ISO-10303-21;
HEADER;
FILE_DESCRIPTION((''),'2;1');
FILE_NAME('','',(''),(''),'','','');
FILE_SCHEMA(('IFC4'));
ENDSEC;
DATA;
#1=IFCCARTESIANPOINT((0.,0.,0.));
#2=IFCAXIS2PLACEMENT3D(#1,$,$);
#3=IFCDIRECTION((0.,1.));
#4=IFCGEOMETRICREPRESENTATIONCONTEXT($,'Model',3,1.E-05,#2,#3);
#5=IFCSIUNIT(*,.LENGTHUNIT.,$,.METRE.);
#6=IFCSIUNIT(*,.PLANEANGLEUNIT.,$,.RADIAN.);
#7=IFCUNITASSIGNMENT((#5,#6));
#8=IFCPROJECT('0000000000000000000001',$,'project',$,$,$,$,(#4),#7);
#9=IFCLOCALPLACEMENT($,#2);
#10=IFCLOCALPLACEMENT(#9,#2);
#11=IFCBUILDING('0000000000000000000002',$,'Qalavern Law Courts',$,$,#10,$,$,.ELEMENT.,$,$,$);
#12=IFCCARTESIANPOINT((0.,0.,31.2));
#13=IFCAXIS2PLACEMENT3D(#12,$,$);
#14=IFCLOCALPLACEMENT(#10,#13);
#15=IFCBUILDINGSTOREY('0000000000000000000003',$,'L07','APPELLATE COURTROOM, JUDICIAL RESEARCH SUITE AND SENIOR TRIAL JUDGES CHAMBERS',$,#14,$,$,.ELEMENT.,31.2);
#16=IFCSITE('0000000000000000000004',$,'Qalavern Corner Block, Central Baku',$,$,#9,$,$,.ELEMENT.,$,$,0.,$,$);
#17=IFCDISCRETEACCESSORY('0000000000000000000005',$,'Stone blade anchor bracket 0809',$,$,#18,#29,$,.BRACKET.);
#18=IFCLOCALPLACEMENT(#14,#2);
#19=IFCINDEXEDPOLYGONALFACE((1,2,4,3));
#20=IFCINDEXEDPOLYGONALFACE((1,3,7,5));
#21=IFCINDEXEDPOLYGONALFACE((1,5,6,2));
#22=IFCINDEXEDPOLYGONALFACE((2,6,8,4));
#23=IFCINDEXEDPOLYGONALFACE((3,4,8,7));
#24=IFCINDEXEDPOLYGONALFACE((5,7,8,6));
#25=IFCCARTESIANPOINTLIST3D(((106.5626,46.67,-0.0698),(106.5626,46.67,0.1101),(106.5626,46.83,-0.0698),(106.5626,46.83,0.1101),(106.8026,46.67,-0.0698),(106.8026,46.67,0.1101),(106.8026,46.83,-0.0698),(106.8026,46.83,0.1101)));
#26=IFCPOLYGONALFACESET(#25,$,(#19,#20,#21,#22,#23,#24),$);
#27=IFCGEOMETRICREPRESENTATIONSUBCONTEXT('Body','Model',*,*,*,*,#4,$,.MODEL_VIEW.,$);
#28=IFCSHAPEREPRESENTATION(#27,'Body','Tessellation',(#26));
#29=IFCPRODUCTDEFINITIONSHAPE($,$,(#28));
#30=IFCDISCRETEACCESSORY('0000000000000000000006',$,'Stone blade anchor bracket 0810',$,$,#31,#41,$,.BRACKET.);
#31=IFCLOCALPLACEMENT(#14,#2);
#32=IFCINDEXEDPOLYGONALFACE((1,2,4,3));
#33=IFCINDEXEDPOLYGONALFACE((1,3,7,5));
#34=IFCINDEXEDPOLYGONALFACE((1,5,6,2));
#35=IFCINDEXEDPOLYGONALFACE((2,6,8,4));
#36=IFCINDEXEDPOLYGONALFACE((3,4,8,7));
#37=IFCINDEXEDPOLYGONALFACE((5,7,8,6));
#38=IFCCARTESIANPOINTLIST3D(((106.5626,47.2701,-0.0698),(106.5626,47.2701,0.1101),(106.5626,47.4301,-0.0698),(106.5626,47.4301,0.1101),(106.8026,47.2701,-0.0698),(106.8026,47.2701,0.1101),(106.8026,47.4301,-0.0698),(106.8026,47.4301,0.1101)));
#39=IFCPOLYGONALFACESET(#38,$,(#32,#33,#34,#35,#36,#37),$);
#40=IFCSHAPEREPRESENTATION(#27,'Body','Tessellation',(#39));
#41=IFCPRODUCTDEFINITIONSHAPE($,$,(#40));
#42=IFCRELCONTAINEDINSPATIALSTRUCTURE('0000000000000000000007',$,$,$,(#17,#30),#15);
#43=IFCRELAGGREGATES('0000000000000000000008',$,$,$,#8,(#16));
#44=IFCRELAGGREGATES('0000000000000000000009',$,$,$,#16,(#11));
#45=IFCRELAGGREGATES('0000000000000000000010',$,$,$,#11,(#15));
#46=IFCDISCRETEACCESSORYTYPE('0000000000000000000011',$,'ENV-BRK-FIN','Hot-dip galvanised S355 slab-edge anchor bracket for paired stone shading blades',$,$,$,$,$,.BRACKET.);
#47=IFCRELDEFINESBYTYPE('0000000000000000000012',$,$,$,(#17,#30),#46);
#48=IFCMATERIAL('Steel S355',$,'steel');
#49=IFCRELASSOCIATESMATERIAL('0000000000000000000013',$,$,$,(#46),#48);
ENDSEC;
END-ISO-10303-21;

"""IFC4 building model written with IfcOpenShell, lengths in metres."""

from ifc_helpers import new_model, si_unit, direction, frame, origin, origin_2d, place, context, subcontext, project, spatial, rectangle, extrude, material, type_object, element, save


model = new_model("IFC4")

# Units and contexts
model_context = context("Model", 3, precision=1e-05, world=origin(), true_north=direction((0.0, 1.0)))
body_context = subcontext(model_context, "Body", "Model", "MODEL_VIEW")
ifc_project = project(units=[si_unit("LENGTHUNIT", "METRE"), si_unit("PLANEANGLEUNIT", "RADIAN")], contexts=[model_context])

# Site, building, storey
site_placement = place(None, origin())
site = spatial("IfcSite", under=ifc_project, at=site_placement, Name="Qalavern Corner Block, Central Baku", CompositionType="ELEMENT", RefElevation=0.0)
building_placement = place(site_placement, origin())
building = spatial("IfcBuilding", under=site, at=building_placement, Name="Qalavern Law Courts", CompositionType="ELEMENT")
storey_placement = place(building_placement, frame((0.0, 0.0, 31.2)))
storey = spatial("IfcBuildingStorey", under=building, at=storey_placement, Name="L07", Description="APPELLATE COURTROOM, JUDICIAL RESEARCH SUITE AND SENIOR TRIAL JUDGES CHAMBERS", CompositionType="ELEMENT", Elevation=31.2)

# Shared definitions
ifc_material_1 = material(Name="Steel S355", Category="steel")

# Discrete accessories
discrete_accessory_type = type_object("IfcDiscreteAccessoryType", Name="ENV-BRK-FIN", Description="Hot-dip galvanised S355 slab-edge anchor bracket for paired stone shading blades", PredefinedType="BRACKET", material=ifc_material_1)
for number, where, z_axis, x_axis, name in (
    (1, (106.6826, 46.75, -0.0698), (0.0, 0.0, 1.0), (1.0, 0.0, 0.0), "Stone blade anchor bracket 0809"),
    (2, (106.6826, 47.3501, -0.0698), (0.0, 0.0, 1.0), (1.0, 0.0, 0.0), "Stone blade anchor bracket 0810"),
):
    element("IfcDiscreteAccessory", number, at=place(storey_placement, frame(where, z_axis=z_axis, x_axis=x_axis)), inside=storey, type_object=discrete_accessory_type, Name=name, PredefinedType="BRACKET", context=body_context, shape_type="SweptSolid", body=[
        extrude(rectangle(XDim=0.24, YDim=0.1599, at=origin_2d()), origin(), (0.0, 0.0, 1.0), 0.1799),
    ])

save(model, "model.ifc")
